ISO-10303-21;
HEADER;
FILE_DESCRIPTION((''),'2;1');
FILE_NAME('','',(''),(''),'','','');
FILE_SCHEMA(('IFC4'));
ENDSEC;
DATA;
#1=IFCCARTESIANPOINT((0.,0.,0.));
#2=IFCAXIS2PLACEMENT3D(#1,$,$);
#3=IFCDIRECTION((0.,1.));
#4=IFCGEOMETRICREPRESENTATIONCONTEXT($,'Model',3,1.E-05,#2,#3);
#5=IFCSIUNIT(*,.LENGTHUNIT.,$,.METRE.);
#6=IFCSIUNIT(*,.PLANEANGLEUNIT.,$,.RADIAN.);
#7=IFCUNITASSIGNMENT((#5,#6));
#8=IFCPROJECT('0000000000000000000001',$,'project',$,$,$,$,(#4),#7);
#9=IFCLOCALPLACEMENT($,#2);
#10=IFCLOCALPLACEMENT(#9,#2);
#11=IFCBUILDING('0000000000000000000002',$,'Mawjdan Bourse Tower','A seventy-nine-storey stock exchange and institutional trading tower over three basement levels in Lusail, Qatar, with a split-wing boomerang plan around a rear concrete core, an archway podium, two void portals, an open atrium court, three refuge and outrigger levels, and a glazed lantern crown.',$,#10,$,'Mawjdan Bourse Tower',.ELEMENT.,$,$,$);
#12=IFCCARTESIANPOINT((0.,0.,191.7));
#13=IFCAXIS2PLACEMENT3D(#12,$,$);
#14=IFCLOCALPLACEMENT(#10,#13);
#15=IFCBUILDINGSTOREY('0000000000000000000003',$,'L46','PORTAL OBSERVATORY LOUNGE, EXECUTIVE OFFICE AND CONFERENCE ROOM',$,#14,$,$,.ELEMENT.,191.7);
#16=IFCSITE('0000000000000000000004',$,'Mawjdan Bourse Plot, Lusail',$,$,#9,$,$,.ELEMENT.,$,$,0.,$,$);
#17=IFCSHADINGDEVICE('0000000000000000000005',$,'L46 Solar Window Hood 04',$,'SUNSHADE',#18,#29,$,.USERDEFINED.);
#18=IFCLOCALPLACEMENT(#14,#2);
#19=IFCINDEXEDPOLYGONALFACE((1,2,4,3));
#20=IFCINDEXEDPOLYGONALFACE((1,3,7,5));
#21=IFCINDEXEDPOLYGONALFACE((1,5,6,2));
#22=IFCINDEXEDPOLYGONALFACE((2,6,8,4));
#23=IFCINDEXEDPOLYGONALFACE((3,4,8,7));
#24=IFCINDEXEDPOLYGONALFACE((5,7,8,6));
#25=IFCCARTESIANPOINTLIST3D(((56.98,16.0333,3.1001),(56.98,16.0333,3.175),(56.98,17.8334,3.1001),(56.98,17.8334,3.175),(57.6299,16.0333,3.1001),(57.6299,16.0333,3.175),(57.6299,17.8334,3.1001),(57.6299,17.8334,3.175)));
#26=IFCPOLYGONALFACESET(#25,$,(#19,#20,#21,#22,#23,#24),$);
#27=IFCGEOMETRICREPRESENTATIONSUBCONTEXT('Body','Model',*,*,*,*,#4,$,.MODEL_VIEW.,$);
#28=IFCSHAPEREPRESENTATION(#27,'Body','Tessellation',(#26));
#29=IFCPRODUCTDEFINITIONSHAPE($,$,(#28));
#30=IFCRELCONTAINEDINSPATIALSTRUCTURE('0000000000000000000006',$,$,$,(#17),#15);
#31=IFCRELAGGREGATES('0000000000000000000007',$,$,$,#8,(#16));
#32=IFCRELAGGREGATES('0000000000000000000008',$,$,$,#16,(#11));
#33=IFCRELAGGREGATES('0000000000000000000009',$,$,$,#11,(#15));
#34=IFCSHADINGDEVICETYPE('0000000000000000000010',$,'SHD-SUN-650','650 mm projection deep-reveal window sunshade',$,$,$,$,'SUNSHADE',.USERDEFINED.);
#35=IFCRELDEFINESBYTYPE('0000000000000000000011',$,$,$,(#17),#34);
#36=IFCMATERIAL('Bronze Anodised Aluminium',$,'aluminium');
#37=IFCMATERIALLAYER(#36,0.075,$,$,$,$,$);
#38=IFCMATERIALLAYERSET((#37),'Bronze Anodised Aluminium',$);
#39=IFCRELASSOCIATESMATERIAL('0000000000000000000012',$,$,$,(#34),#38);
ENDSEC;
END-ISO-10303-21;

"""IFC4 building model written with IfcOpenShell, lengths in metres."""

from ifc_helpers import new_model, si_unit, direction, frame, origin, origin_2d, place, context, subcontext, project, spatial, rectangle, extrude, material, layer, layer_set, type_object, element, save


model = new_model("IFC4")

# Units and contexts
model_context = context("Model", 3, precision=1e-05, world=origin(), true_north=direction((0.0, 1.0)))
body_context = subcontext(model_context, "Body", "Model", "MODEL_VIEW")
ifc_project = project(units=[si_unit("LENGTHUNIT", "METRE"), si_unit("PLANEANGLEUNIT", "RADIAN")], contexts=[model_context])

# Site, building, storey
site_placement = place(None, origin())
site = spatial("IfcSite", under=ifc_project, at=site_placement, Name="Mawjdan Bourse Plot, Lusail", CompositionType="ELEMENT", RefElevation=0.0)
building_placement = place(site_placement, origin())
building = spatial("IfcBuilding", under=site, at=building_placement, Name="Mawjdan Bourse Tower", Description="A seventy-nine-storey stock exchange and institutional trading tower over three basement levels in Lusail, Qatar, with a split-wing boomerang plan around a rear concrete core, an archway podium, two void portals, an open atrium court, three refuge and outrigger levels, and a glazed lantern crown.", LongName="Mawjdan Bourse Tower", CompositionType="ELEMENT")
storey_placement = place(building_placement, frame((0.0, 0.0, 191.7)))
storey = spatial("IfcBuildingStorey", under=building, at=storey_placement, Name="L46", Description="PORTAL OBSERVATORY LOUNGE, EXECUTIVE OFFICE AND CONFERENCE ROOM", CompositionType="ELEMENT", Elevation=191.7)

# Shading device
ifc_material_1 = material(Name="Bronze Anodised Aluminium", Category="aluminium")
ifc_layer_1 = layer(ifc_material_1, 0.075)
ifc_layer_set_1 = layer_set([ifc_layer_1], Name="Bronze Anodised Aluminium")
shading_device_type = type_object("IfcShadingDeviceType", Name="SHD-SUN-650", Description="650 mm projection deep-reveal window sunshade", ElementType="SUNSHADE", PredefinedType="USERDEFINED", material=ifc_layer_set_1)
for number, where, z_axis, x_axis, name in (
    (1, (57.3049, 16.9333, 3.1001), (0.0, 0.0, 1.0), (0.0, 1.0, 0.0), "L46 Solar Window Hood 04"),
):
    element("IfcShadingDevice", number, at=place(storey_placement, frame(where, z_axis=z_axis, x_axis=x_axis)), inside=storey, type_object=shading_device_type, Name=name, ObjectType="SUNSHADE", PredefinedType="USERDEFINED", context=body_context, shape_type="SweptSolid", body=[
        extrude(rectangle(XDim=1.8, YDim=0.6499, at=origin_2d()), origin(), (0.0, 0.0, 1.0), 0.075),
    ])

save(model, "model.ifc")
